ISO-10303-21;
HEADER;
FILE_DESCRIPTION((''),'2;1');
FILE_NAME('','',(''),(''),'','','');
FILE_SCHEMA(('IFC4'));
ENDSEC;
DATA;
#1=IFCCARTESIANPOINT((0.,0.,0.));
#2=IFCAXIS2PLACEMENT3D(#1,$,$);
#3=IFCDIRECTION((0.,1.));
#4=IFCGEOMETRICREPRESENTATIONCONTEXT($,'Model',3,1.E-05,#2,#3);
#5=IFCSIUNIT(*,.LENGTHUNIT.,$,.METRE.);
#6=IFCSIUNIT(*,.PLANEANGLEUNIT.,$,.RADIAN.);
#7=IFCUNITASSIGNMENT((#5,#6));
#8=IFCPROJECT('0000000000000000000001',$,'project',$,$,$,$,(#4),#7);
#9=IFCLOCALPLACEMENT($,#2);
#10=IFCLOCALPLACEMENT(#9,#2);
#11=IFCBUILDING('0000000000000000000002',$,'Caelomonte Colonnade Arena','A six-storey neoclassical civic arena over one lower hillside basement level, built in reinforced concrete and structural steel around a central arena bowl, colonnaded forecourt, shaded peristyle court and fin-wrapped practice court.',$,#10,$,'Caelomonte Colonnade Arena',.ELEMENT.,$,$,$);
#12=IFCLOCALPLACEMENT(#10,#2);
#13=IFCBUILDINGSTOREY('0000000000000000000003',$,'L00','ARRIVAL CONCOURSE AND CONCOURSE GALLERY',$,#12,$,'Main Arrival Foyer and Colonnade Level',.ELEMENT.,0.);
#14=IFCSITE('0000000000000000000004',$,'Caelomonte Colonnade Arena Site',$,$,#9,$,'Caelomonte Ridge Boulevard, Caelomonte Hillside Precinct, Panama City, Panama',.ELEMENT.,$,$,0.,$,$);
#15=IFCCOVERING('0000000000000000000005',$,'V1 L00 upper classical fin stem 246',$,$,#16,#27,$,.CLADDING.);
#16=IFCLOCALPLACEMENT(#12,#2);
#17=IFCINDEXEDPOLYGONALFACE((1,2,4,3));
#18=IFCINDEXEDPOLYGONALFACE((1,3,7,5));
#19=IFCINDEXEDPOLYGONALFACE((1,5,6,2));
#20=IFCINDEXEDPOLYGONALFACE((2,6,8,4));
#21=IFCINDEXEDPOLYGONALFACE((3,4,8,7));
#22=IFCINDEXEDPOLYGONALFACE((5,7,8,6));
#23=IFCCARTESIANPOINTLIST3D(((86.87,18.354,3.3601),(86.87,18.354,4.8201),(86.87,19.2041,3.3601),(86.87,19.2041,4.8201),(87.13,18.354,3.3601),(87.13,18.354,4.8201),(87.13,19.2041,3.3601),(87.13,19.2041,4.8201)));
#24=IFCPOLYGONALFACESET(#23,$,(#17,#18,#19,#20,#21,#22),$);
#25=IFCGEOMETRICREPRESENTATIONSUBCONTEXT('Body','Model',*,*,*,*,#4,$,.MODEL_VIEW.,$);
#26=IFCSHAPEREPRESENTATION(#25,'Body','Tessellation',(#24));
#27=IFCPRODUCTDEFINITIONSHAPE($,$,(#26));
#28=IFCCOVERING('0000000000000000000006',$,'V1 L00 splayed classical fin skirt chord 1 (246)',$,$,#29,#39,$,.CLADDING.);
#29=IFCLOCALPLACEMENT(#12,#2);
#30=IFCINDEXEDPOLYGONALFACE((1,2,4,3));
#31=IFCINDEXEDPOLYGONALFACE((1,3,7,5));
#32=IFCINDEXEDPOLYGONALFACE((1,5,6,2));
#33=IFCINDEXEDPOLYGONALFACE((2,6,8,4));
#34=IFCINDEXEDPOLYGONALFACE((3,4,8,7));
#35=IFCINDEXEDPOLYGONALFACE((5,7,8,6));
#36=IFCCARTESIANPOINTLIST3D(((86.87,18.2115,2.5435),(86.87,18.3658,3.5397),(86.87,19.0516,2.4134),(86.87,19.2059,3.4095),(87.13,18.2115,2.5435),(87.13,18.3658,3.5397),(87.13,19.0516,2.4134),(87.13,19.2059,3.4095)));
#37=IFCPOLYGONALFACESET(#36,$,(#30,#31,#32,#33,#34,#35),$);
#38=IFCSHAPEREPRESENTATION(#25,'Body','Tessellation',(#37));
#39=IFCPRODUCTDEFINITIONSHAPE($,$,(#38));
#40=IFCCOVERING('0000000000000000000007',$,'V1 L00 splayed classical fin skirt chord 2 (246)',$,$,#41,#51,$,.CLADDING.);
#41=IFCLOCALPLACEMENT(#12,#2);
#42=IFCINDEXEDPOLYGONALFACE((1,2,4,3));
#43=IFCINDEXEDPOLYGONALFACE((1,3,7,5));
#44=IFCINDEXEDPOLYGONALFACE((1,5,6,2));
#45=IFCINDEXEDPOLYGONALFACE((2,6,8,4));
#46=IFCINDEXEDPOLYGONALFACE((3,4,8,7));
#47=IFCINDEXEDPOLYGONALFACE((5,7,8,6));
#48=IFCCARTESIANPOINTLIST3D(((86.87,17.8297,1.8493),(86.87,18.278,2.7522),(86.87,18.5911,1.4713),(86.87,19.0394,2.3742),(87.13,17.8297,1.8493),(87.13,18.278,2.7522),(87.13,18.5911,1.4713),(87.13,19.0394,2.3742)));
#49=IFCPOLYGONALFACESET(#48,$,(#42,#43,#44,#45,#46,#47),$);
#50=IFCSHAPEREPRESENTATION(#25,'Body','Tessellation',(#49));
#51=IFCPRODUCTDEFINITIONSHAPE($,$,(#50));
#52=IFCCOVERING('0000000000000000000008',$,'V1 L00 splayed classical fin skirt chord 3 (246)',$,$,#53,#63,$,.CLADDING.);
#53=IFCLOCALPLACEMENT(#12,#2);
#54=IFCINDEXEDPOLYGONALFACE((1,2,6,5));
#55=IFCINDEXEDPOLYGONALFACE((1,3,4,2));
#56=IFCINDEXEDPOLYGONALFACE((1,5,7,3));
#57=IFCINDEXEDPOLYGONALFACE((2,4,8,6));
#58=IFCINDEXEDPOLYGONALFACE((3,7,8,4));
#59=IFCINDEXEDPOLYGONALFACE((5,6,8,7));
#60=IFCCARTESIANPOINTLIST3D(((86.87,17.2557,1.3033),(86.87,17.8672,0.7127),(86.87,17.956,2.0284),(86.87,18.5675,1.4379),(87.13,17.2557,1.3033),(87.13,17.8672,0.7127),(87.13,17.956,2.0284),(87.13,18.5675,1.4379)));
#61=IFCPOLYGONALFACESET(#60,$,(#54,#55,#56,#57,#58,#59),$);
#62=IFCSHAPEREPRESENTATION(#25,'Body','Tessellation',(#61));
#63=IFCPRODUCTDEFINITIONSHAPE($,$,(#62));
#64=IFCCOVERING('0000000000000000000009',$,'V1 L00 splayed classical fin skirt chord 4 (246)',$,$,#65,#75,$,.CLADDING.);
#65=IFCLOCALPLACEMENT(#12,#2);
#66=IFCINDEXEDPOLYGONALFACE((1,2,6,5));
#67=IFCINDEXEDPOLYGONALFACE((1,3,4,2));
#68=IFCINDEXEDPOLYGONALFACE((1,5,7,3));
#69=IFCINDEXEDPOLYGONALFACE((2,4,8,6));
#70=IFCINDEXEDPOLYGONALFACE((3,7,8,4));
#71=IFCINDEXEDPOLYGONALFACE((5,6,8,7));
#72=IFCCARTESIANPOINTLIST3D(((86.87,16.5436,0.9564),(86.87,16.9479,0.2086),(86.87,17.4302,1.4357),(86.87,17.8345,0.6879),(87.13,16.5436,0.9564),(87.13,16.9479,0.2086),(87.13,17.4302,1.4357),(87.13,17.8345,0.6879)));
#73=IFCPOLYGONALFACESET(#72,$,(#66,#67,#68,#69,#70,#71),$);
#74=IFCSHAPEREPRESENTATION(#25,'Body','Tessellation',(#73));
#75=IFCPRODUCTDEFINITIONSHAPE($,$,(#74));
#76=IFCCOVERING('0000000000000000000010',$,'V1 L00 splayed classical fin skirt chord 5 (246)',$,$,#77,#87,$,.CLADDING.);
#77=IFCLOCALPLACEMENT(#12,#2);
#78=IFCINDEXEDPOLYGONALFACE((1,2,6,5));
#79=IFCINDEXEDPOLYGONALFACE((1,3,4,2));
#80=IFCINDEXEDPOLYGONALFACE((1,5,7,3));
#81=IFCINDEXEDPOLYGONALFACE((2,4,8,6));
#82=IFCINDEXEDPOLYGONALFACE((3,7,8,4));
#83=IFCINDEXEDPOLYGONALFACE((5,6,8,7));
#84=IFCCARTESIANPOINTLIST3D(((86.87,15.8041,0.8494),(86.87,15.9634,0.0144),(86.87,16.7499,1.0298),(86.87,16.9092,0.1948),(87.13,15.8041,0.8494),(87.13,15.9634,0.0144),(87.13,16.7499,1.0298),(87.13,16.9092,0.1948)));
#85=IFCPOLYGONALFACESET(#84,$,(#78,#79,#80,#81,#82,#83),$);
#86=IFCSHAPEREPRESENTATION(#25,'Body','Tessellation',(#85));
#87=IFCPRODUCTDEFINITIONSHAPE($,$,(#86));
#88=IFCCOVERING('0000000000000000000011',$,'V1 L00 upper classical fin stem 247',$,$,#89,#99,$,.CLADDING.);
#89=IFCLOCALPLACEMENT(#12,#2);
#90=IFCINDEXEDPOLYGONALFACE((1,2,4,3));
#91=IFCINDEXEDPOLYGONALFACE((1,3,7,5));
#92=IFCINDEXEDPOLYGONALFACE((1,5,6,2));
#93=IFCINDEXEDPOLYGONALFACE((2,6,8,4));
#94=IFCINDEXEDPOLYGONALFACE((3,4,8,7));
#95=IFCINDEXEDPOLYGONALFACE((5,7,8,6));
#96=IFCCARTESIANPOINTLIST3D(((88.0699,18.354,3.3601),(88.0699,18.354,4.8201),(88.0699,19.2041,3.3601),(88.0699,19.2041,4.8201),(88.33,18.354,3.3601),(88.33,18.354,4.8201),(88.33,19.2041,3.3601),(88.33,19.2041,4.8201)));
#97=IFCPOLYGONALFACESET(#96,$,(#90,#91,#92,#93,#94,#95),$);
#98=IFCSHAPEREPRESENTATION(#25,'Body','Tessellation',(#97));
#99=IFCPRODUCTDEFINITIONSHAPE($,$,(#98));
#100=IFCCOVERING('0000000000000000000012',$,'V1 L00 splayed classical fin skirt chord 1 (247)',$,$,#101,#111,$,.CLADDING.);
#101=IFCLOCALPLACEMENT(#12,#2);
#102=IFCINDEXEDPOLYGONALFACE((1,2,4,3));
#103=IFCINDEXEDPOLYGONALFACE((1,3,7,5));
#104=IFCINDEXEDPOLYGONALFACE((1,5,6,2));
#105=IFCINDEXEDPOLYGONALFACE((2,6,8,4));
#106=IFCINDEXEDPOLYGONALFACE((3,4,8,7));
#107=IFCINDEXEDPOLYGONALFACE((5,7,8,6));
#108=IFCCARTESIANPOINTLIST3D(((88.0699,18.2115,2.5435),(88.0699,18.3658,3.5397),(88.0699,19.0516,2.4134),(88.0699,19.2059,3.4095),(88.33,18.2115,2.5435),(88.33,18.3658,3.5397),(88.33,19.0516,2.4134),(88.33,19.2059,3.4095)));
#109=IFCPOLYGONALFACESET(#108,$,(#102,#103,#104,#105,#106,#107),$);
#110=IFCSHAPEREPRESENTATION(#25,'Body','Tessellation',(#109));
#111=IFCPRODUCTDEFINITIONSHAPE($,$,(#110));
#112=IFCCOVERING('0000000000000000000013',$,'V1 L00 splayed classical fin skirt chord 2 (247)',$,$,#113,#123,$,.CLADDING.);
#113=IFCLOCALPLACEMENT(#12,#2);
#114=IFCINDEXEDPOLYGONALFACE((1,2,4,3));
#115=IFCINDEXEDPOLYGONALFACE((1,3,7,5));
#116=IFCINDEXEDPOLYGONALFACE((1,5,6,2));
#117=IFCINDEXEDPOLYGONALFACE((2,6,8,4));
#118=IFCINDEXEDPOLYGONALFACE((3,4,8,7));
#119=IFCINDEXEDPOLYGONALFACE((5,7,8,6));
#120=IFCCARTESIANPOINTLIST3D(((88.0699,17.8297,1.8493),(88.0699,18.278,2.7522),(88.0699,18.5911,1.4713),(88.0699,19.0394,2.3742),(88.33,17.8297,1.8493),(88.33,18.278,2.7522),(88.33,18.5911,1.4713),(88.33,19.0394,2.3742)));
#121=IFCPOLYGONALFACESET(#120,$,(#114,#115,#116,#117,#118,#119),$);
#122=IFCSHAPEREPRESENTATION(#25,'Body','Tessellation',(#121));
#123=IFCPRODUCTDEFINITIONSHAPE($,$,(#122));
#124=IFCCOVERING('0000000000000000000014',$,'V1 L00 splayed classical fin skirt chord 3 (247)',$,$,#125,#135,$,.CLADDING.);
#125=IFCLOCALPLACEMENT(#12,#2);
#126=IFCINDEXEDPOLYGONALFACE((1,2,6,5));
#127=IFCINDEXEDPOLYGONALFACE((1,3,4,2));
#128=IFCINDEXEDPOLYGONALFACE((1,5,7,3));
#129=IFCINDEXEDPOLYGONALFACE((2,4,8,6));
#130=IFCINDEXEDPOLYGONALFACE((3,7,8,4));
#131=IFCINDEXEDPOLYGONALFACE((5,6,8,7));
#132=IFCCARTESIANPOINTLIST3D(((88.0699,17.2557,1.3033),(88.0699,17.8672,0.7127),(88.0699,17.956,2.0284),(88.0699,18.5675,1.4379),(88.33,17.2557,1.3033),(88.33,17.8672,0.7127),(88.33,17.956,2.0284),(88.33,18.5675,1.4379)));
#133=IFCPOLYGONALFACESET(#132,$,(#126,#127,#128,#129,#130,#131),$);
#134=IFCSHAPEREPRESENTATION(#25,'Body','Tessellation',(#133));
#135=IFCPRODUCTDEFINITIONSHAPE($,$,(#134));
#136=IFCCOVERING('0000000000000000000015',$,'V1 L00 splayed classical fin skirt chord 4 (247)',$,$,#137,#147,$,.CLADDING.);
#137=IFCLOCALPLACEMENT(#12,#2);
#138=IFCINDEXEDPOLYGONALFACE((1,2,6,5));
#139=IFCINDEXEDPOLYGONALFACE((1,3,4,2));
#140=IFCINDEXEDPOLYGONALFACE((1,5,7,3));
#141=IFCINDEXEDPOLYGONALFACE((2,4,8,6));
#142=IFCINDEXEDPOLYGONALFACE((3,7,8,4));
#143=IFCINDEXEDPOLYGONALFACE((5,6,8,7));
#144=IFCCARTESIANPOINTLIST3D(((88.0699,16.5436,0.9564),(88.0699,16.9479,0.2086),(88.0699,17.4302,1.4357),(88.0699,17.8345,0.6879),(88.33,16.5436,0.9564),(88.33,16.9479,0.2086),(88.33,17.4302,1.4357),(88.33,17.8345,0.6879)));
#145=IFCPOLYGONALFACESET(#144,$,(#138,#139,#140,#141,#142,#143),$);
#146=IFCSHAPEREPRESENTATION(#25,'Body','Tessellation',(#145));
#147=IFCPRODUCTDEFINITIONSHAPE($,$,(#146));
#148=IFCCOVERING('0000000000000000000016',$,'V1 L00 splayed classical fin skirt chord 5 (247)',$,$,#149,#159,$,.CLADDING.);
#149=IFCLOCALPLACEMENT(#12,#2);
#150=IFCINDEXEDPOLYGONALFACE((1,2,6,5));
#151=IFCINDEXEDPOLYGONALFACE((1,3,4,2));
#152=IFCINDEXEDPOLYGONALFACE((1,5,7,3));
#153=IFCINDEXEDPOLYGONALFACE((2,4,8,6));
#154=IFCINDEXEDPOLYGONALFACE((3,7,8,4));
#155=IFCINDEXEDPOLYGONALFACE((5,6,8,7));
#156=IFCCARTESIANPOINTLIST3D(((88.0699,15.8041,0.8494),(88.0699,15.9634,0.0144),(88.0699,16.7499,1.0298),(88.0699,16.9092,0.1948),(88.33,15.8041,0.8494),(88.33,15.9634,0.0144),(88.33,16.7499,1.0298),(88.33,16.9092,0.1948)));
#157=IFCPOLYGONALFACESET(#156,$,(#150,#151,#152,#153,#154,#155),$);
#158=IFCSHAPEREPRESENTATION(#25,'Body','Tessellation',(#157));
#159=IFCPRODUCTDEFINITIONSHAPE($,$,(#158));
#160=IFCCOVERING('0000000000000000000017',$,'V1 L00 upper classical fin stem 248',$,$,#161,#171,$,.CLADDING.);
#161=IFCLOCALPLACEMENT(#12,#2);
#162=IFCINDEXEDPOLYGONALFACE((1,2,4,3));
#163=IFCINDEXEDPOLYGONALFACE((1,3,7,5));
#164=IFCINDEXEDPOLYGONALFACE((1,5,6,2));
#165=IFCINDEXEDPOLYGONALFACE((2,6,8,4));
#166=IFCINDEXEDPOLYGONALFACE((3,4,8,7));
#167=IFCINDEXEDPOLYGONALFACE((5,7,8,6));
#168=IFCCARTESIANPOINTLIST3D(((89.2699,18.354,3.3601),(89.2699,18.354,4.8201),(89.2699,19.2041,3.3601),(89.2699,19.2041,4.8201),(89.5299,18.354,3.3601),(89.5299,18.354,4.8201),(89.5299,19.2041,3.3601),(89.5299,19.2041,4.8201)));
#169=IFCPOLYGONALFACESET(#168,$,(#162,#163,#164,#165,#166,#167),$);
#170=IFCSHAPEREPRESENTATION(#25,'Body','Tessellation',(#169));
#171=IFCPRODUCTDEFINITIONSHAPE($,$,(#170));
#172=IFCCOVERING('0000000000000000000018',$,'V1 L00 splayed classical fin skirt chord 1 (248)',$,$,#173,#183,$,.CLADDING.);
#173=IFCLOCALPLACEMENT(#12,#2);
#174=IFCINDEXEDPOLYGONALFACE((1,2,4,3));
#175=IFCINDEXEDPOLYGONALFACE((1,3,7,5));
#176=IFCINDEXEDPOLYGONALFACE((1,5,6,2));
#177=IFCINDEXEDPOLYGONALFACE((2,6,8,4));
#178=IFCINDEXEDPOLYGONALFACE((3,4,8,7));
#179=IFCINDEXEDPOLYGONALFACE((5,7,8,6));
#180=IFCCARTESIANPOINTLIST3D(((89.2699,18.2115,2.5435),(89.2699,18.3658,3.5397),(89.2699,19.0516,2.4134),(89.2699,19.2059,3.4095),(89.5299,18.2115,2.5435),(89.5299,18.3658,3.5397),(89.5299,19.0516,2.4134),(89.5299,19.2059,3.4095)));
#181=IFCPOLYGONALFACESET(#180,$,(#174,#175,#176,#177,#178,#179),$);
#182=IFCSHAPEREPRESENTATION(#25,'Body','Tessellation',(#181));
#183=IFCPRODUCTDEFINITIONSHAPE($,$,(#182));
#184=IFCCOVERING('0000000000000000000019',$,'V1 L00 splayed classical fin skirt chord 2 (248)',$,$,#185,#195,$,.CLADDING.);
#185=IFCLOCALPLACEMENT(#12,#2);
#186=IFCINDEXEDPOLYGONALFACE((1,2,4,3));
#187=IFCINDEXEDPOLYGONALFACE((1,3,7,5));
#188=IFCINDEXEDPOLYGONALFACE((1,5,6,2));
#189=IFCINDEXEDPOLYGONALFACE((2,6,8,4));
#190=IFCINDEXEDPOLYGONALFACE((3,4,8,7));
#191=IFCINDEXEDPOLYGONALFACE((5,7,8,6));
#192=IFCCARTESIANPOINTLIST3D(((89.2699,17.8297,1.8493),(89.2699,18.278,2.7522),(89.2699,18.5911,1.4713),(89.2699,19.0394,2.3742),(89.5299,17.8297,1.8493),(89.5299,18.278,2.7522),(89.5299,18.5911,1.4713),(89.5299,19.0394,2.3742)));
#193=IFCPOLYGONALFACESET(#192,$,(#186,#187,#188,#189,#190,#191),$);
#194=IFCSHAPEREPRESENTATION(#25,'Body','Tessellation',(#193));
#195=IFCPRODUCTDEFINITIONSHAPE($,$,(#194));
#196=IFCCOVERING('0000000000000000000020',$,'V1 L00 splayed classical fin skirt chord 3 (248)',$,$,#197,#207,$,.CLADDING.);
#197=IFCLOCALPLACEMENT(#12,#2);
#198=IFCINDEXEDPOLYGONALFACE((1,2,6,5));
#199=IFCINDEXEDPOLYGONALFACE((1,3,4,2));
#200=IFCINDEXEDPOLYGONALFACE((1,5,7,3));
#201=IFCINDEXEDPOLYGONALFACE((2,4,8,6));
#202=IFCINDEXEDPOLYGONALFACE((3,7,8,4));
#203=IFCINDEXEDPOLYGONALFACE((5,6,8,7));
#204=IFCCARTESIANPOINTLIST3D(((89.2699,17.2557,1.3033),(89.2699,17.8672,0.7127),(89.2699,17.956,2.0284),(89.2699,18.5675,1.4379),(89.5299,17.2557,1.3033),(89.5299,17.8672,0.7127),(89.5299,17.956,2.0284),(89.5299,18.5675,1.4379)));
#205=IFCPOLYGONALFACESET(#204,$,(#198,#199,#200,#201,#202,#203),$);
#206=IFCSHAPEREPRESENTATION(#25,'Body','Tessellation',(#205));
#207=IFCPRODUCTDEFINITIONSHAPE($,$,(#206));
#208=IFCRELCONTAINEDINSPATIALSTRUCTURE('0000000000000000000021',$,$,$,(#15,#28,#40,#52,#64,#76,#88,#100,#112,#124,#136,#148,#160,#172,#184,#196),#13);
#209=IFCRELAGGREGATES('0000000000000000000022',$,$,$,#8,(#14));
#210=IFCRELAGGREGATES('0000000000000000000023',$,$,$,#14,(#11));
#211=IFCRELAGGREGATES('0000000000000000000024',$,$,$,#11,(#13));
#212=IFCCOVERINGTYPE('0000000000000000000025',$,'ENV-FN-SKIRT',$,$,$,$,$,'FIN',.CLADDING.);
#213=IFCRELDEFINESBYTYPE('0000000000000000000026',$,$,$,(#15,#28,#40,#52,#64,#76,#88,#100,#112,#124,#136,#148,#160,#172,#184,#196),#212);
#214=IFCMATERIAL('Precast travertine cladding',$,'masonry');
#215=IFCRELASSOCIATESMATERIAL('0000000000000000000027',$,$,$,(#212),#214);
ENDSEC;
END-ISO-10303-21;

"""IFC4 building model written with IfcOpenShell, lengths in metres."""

from ifc_helpers import new_model, si_unit, direction, frame, origin, origin_2d, place, context, subcontext, project, spatial, rectangle, extrude, material, material_profile, profile_set, type_object, element, save


model = new_model("IFC4")

# Units and contexts
model_context = context("Model", 3, precision=1e-05, world=origin(), true_north=direction((0.0, 1.0)))
body_context = subcontext(model_context, "Body", "Model", "MODEL_VIEW")
ifc_project = project(units=[si_unit("LENGTHUNIT", "METRE"), si_unit("PLANEANGLEUNIT", "RADIAN")], contexts=[model_context])

# Site, building, storey
site_placement = place(None, origin())
site = spatial("IfcSite", under=ifc_project, at=site_placement, Name="Caelomonte Colonnade Arena Site", LongName="Caelomonte Ridge Boulevard, Caelomonte Hillside Precinct, Panama City, Panama", CompositionType="ELEMENT", RefElevation=0.0)
building_placement = place(site_placement, origin())
building = spatial("IfcBuilding", under=site, at=building_placement, Name="Caelomonte Colonnade Arena", Description="A six-storey neoclassical civic arena over one lower hillside basement level, built in reinforced concrete and structural steel around a central arena bowl, colonnaded forecourt, shaded peristyle court and fin-wrapped practice court.", LongName="Caelomonte Colonnade Arena", CompositionType="ELEMENT")
storey_placement = place(building_placement, origin())
storey = spatial("IfcBuildingStorey", under=building, at=storey_placement, Name="L00", Description="ARRIVAL CONCOURSE AND CONCOURSE GALLERY", LongName="Main Arrival Foyer and Colonnade Level", CompositionType="ELEMENT", Elevation=0.0)

# Coverings
ifc_material = material(Name="Precast travertine cladding", Category="masonry")
ifc_material_profile = material_profile(ifc_material, rectangle(XDim=0.26, YDim=0.8501, at=origin_2d()), Name="FIN260X850")
ifc_profile_set = profile_set([ifc_material_profile], Name="Precast travertine cladding")
covering_type = type_object("IfcCoveringType", Name="ENV-FN-SKIRT", ElementType="FIN", PredefinedType="CLADDING", material=ifc_profile_set)
covering_1_placement = place(storey_placement, frame((87.0, 18.7791, 3.3601), z_axis=(0.0, 0.0, 1.0), x_axis=(-1.0, 0.0, 0.0)))
element("IfcCovering", 1, at=covering_1_placement, inside=storey, type_object=covering_type, Name="V1 L00 upper classical fin stem 246", PredefinedType="CLADDING", context=body_context, shape_type="SweptSolid", body=[
    extrude(rectangle(XDim=0.26, YDim=0.8501, at=origin_2d()), origin(), (0.0, 0.0, 1.0), 1.46),
])
for number, where, z_axis, x_axis, name in (
    (2, (87.0, 18.7859, 3.4746), (0.0, -0.153076, -0.988214), (-1.0, 0.0, 0.0), "V1 L00 splayed classical fin skirt chord 1 (246)"),
    (3, (87.0, 18.6587, 2.5632), (0.0, -0.444693, -0.895683), (-1.0, 0.0, 0.0), "V1 L00 splayed classical fin skirt chord 2 (246)"),
    (4, (87.0, 18.2617, 1.7332), (0.0, -0.694646, -0.719351), (-1.0, 0.0, 0.0), "V1 L00 splayed classical fin skirt chord 3 (246)"),
):
    element("IfcCovering", number, at=place(storey_placement, frame(where, z_axis=z_axis, x_axis=x_axis)), inside=storey, type_object=covering_type, Name=name, PredefinedType="CLADDING", context=body_context, shape_type="SweptSolid", body=[
        extrude(rectangle(XDim=0.26, YDim=0.8501, at=origin_2d()), origin(), (0.0, 0.0, 1.0), 1.0081),
    ])
covering_2_placement = place(storey_placement, frame((87.0, 17.6323, 1.0618), z_axis=(0.0, -0.879676, -0.475573), x_axis=(-1.0, 0.0, 0.0)))
element("IfcCovering", 5, at=covering_2_placement, inside=storey, type_object=covering_type, Name="V1 L00 splayed classical fin skirt chord 4 (246)", PredefinedType="CLADDING", context=body_context, shape_type="SweptSolid", body=[
    extrude(rectangle(XDim=0.26, YDim=0.8501, at=origin_2d()), origin(), (0.0, 0.0, 1.0), 1.0078),
])
covering_3_placement = place(storey_placement, frame((87.0, 16.8296, 0.6123), z_axis=(0.0, -0.982287, -0.18738), x_axis=(-1.0, 0.0, 0.0)))
element("IfcCovering", 6, at=covering_3_placement, inside=storey, type_object=covering_type, Name="V1 L00 splayed classical fin skirt chord 5 (246)", PredefinedType="CLADDING", context=body_context, shape_type="SweptSolid", body=[
    extrude(rectangle(XDim=0.26, YDim=0.8501, at=origin_2d()), origin(), (0.0, 0.0, 1.0), 0.9629),
])
covering_4_placement = place(storey_placement, frame((88.2, 18.7791, 3.3601), z_axis=(0.0, 0.0, 1.0), x_axis=(-1.0, 0.0, 0.0)))
element("IfcCovering", 7, at=covering_4_placement, inside=storey, type_object=covering_type, Name="V1 L00 upper classical fin stem 247", PredefinedType="CLADDING", context=body_context, shape_type="SweptSolid", body=[
    extrude(rectangle(XDim=0.26, YDim=0.8501, at=origin_2d()), origin(), (0.0, 0.0, 1.0), 1.46),
])
for number, where, z_axis, x_axis, name in (
    (8, (88.2, 18.7859, 3.4746), (0.0, -0.153076, -0.988214), (-1.0, 0.0, 0.0), "V1 L00 splayed classical fin skirt chord 1 (247)"),
    (9, (88.2, 18.6587, 2.5632), (0.0, -0.444693, -0.895683), (-1.0, 0.0, 0.0), "V1 L00 splayed classical fin skirt chord 2 (247)"),
    (10, (88.2, 18.2617, 1.7332), (0.0, -0.694646, -0.719351), (-1.0, 0.0, 0.0), "V1 L00 splayed classical fin skirt chord 3 (247)"),
):
    element("IfcCovering", number, at=place(storey_placement, frame(where, z_axis=z_axis, x_axis=x_axis)), inside=storey, type_object=covering_type, Name=name, PredefinedType="CLADDING", context=body_context, shape_type="SweptSolid", body=[
        extrude(rectangle(XDim=0.26, YDim=0.8501, at=origin_2d()), origin(), (0.0, 0.0, 1.0), 1.0081),
    ])
covering_5_placement = place(storey_placement, frame((88.2, 17.6323, 1.0618), z_axis=(0.0, -0.879676, -0.475573), x_axis=(-1.0, 0.0, 0.0)))
element("IfcCovering", 11, at=covering_5_placement, inside=storey, type_object=covering_type, Name="V1 L00 splayed classical fin skirt chord 4 (247)", PredefinedType="CLADDING", context=body_context, shape_type="SweptSolid", body=[
    extrude(rectangle(XDim=0.26, YDim=0.8501, at=origin_2d()), origin(), (0.0, 0.0, 1.0), 1.0078),
])
covering_6_placement = place(storey_placement, frame((88.2, 16.8296, 0.6123), z_axis=(0.0, -0.982287, -0.18738), x_axis=(-1.0, 0.0, 0.0)))
element("IfcCovering", 12, at=covering_6_placement, inside=storey, type_object=covering_type, Name="V1 L00 splayed classical fin skirt chord 5 (247)", PredefinedType="CLADDING", context=body_context, shape_type="SweptSolid", body=[
    extrude(rectangle(XDim=0.26, YDim=0.8501, at=origin_2d()), origin(), (0.0, 0.0, 1.0), 0.9629),
])
covering_7_placement = place(storey_placement, frame((89.3999, 18.7791, 3.3601), z_axis=(0.0, 0.0, 1.0), x_axis=(-1.0, 0.0, 0.0)))
element("IfcCovering", 13, at=covering_7_placement, inside=storey, type_object=covering_type, Name="V1 L00 upper classical fin stem 248", PredefinedType="CLADDING", context=body_context, shape_type="SweptSolid", body=[
    extrude(rectangle(XDim=0.26, YDim=0.8501, at=origin_2d()), origin(), (0.0, 0.0, 1.0), 1.46),
])
for number, where, z_axis, x_axis, name in (
    (14, (89.3999, 18.7859, 3.4746), (0.0, -0.153076, -0.988214), (-1.0, 0.0, 0.0), "V1 L00 splayed classical fin skirt chord 1 (248)"),
    (15, (89.3999, 18.6587, 2.5632), (0.0, -0.444693, -0.895683), (-1.0, 0.0, 0.0), "V1 L00 splayed classical fin skirt chord 2 (248)"),
    (16, (89.3999, 18.2617, 1.7332), (0.0, -0.694646, -0.719351), (-1.0, 0.0, 0.0), "V1 L00 splayed classical fin skirt chord 3 (248)"),
):
    element("IfcCovering", number, at=place(storey_placement, frame(where, z_axis=z_axis, x_axis=x_axis)), inside=storey, type_object=covering_type, Name=name, PredefinedType="CLADDING", context=body_context, shape_type="SweptSolid", body=[
        extrude(rectangle(XDim=0.26, YDim=0.8501, at=origin_2d()), origin(), (0.0, 0.0, 1.0), 1.0081),
    ])

save(model, "model.ifc")
